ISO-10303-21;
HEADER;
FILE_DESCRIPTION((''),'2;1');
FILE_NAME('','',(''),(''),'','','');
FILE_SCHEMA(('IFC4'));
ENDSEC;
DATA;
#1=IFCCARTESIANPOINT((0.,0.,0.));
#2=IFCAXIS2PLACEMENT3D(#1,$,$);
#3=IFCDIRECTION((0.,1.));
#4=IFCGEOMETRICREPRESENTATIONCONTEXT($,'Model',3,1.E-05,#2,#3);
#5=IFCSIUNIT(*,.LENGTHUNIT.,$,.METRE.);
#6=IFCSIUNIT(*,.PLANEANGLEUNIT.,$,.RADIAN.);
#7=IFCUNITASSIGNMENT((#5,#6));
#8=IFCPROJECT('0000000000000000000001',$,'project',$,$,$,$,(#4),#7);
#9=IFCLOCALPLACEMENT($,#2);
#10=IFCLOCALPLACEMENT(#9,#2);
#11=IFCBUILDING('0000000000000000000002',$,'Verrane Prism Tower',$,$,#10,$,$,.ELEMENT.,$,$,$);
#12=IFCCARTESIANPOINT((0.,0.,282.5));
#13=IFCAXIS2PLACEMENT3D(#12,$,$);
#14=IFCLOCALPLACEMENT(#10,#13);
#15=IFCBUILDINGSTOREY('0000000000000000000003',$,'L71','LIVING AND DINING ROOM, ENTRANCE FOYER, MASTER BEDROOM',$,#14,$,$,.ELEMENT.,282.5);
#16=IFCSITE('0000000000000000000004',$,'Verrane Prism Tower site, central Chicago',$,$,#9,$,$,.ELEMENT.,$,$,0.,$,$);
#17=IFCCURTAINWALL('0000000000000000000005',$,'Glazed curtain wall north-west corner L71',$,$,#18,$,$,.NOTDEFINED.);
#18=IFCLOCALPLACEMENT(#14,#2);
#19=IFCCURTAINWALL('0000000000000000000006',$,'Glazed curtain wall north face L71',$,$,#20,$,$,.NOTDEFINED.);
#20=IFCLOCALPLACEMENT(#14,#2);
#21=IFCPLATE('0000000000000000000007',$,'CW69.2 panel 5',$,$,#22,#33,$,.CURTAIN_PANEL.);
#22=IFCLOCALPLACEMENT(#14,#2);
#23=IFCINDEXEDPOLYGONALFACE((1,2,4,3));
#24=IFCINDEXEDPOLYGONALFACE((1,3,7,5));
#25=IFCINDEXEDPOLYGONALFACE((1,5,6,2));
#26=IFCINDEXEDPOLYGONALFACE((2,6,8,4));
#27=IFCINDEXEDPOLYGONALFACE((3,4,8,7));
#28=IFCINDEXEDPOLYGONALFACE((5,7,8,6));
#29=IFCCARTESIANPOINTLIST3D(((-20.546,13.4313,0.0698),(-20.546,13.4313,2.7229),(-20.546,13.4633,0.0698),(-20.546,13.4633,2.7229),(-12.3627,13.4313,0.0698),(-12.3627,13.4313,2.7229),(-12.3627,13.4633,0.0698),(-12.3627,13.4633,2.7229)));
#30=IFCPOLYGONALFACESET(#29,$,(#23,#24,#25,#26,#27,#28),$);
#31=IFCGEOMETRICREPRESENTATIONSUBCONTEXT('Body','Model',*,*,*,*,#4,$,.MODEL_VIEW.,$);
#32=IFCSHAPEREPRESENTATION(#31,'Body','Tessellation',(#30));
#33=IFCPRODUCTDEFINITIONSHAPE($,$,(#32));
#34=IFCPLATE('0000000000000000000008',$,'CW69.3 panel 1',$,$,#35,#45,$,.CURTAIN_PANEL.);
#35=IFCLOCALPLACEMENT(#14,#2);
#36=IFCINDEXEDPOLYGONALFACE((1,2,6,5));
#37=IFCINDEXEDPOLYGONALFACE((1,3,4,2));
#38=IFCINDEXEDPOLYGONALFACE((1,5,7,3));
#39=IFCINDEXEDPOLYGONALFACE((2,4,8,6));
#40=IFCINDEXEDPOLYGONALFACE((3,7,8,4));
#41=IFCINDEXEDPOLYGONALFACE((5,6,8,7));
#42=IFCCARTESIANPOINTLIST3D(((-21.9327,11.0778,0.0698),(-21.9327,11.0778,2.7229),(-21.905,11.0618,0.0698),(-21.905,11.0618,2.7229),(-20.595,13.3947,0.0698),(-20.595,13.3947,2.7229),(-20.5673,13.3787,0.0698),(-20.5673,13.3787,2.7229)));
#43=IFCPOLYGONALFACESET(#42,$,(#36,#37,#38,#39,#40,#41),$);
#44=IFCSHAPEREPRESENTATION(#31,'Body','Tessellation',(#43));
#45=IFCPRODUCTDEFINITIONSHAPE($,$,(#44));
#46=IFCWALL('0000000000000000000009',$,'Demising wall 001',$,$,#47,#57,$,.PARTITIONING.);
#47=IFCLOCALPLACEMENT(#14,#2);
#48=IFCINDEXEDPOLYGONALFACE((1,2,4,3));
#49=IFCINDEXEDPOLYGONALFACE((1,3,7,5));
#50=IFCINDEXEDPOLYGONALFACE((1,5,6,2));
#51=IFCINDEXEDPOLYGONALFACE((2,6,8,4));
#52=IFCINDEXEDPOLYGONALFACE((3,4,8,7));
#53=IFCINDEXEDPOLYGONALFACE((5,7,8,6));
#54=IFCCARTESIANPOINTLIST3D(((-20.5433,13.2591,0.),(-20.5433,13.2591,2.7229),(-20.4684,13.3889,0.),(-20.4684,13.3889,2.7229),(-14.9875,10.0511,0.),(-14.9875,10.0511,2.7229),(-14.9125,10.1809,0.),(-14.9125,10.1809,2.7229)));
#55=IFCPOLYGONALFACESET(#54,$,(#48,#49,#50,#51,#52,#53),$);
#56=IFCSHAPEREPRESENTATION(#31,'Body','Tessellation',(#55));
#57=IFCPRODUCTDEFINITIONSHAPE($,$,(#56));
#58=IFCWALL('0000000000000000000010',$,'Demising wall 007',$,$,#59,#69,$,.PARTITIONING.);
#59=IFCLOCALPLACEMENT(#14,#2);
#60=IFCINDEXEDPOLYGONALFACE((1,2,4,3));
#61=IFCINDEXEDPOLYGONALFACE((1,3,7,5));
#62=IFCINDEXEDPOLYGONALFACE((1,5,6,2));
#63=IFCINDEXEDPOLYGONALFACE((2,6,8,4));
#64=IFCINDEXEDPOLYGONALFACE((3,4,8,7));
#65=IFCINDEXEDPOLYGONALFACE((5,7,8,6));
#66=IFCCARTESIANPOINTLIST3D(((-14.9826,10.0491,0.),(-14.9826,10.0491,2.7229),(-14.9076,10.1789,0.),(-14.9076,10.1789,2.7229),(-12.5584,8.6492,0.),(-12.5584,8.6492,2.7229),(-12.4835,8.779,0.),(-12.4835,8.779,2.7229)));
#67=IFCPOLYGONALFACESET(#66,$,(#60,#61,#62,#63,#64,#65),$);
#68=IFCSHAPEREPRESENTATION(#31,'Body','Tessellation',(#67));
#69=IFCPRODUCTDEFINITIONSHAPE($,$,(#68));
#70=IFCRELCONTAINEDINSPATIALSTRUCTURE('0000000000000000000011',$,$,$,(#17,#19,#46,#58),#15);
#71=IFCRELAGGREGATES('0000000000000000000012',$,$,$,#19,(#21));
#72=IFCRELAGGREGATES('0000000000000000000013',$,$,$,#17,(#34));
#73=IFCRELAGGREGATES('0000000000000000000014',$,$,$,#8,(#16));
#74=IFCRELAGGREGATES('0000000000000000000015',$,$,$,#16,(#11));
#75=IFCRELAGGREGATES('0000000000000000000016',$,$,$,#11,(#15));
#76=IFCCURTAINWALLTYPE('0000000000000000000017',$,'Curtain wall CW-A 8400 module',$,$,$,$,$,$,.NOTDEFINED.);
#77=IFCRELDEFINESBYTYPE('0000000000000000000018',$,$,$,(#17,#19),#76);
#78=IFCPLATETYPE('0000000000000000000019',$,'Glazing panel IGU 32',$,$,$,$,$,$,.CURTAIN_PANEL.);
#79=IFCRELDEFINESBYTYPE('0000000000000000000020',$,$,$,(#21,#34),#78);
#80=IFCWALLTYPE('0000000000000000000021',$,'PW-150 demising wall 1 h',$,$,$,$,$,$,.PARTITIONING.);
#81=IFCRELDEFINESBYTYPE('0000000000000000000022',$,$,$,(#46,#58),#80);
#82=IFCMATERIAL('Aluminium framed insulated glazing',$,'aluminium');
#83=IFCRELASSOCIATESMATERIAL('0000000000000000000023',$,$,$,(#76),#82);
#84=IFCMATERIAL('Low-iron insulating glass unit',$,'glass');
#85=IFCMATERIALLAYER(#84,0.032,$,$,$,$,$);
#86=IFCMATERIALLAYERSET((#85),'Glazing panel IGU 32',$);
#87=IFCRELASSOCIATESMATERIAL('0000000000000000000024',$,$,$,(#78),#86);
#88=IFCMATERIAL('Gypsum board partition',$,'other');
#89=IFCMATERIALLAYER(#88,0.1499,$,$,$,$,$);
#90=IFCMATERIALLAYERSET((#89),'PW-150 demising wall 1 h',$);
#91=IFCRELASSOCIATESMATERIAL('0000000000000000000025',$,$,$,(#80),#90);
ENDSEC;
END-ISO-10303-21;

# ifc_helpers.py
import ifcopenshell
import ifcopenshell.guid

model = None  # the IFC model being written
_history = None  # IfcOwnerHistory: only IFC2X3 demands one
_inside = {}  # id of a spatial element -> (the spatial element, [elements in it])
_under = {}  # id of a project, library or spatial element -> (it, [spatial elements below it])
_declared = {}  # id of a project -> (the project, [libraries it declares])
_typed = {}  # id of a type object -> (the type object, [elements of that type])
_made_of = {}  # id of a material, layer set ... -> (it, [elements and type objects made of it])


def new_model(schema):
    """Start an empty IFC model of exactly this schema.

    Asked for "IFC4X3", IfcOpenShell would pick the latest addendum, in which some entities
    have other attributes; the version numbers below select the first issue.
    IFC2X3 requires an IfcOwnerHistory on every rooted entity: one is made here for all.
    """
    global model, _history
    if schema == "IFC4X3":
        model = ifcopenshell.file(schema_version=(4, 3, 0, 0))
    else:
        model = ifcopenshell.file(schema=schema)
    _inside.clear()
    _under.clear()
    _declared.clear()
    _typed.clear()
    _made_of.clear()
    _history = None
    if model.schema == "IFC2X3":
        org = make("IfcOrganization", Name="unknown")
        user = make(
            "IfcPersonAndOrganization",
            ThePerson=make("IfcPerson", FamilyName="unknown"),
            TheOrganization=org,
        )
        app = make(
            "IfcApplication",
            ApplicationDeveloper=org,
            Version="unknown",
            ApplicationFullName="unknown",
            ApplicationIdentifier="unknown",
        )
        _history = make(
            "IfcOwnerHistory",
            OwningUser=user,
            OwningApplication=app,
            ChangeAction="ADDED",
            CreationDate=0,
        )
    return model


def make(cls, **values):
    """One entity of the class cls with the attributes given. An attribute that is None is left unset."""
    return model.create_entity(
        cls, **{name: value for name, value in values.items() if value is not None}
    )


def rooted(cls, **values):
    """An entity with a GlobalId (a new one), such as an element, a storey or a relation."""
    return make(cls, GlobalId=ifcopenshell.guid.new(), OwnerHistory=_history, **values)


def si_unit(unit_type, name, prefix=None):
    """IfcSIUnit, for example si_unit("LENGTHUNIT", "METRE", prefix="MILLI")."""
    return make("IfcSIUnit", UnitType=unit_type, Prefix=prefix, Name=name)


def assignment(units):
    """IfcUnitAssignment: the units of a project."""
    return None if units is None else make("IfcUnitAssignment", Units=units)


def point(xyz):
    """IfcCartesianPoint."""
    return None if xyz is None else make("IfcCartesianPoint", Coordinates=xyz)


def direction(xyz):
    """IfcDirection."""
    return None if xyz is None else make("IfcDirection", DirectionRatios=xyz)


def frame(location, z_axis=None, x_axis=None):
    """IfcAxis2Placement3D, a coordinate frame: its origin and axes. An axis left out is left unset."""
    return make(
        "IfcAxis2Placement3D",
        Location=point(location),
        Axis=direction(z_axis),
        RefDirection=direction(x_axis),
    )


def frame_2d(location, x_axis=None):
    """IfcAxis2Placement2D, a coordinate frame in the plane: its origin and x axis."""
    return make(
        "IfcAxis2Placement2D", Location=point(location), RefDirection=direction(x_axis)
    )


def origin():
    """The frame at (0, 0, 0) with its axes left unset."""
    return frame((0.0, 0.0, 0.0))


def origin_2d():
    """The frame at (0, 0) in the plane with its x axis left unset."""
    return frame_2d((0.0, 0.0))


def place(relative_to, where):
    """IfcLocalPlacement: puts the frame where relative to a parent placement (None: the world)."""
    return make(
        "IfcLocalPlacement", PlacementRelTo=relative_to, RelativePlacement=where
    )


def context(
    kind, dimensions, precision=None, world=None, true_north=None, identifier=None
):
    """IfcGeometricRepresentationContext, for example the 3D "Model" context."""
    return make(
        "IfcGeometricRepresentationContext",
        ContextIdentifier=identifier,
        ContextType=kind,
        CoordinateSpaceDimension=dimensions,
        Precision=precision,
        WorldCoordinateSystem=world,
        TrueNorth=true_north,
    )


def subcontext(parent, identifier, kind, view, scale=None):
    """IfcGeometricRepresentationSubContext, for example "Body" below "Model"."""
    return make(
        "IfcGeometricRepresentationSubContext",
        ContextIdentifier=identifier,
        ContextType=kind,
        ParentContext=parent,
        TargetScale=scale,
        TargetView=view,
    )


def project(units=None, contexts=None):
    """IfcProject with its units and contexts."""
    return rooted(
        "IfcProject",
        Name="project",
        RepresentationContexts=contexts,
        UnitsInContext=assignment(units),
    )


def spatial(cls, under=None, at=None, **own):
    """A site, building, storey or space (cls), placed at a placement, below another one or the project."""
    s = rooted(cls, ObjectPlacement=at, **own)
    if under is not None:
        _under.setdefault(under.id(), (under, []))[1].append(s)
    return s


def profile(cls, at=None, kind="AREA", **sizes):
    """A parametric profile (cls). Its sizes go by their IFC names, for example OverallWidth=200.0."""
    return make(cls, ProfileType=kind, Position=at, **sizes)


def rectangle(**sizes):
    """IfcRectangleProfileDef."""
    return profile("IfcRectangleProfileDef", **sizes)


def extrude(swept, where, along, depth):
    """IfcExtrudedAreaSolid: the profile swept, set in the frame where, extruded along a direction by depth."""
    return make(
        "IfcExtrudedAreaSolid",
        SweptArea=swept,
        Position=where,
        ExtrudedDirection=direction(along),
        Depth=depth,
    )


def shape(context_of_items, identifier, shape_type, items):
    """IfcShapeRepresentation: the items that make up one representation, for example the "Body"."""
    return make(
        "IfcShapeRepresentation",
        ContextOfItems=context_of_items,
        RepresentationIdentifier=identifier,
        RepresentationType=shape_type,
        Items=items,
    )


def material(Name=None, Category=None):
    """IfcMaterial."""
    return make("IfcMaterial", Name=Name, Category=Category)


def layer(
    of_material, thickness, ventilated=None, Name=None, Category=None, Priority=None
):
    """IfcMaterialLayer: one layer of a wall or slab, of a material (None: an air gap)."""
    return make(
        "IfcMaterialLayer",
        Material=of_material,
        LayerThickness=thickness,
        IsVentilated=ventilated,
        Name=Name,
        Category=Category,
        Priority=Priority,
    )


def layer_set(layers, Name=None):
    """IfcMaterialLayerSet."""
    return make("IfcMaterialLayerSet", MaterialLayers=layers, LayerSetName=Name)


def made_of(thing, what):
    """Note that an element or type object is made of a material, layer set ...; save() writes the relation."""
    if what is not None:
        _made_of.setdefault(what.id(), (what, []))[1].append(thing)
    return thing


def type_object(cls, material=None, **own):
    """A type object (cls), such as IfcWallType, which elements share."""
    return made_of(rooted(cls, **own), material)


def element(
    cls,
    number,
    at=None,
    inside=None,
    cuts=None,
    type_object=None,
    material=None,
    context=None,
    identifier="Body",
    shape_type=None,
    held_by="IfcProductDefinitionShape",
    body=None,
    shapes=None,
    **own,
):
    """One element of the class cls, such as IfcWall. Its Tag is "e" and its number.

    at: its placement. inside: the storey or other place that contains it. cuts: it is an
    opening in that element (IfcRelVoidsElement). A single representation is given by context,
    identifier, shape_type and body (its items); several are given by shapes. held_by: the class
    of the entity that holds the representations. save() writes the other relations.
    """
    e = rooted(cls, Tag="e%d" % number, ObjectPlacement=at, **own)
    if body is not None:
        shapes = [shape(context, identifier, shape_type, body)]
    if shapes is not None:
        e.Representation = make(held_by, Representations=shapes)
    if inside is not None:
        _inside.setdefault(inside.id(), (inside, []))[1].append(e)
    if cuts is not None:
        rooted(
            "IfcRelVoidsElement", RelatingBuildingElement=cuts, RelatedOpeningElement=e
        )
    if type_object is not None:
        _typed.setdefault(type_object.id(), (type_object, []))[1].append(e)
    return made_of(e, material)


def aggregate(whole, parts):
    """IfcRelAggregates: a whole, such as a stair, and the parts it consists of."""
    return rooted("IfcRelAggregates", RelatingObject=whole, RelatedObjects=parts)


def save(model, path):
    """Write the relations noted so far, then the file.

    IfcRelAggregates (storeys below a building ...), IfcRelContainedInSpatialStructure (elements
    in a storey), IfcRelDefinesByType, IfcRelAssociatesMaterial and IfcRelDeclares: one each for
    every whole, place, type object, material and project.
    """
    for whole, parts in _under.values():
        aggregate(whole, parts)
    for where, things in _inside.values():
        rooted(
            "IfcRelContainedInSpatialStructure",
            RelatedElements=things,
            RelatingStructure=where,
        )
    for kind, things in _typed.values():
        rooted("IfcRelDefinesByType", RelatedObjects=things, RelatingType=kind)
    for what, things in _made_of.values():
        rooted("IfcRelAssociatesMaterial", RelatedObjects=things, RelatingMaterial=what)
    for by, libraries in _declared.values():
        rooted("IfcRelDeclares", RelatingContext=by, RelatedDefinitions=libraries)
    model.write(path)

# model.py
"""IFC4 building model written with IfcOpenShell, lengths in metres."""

from ifc_helpers import new_model, si_unit, direction, frame, frame_2d, origin, origin_2d, place, context, subcontext, project, spatial, rectangle, extrude, material, layer, layer_set, type_object, element, aggregate, save


model = new_model("IFC4")

# Units and contexts
model_context = context("Model", 3, precision=1e-05, world=origin(), true_north=direction((0.0, 1.0)))
body_context = subcontext(model_context, "Body", "Model", "MODEL_VIEW")
ifc_project = project(units=[si_unit("LENGTHUNIT", "METRE"), si_unit("PLANEANGLEUNIT", "RADIAN")], contexts=[model_context])

# Site, building, storey
site_placement = place(None, origin())
site = spatial("IfcSite", under=ifc_project, at=site_placement, Name="Verrane Prism Tower site, central Chicago", CompositionType="ELEMENT", RefElevation=0.0)
building_placement = place(site_placement, origin())
building = spatial("IfcBuilding", under=site, at=building_placement, Name="Verrane Prism Tower", CompositionType="ELEMENT")
storey_placement = place(building_placement, frame((0.0, 0.0, 282.5)))
storey = spatial("IfcBuildingStorey", under=building, at=storey_placement, Name="L71", Description="LIVING AND DINING ROOM, ENTRANCE FOYER, MASTER BEDROOM", CompositionType="ELEMENT", Elevation=282.5)

# Curtain wall
ifc_material_1 = material(Name="Aluminium framed insulated glazing", Category="aluminium")
curtain_wall_type = type_object("IfcCurtainWallType", Name="Curtain wall CW-A 8400 module", PredefinedType="NOTDEFINED", material=ifc_material_1)
curtain_wall_1_placement = place(storey_placement, origin())
curtain_wall_1 = element("IfcCurtainWall", 1, at=curtain_wall_1_placement, inside=storey, type_object=curtain_wall_type, Name="Glazed curtain wall north-west corner L71", PredefinedType="NOTDEFINED")

# Curtain wall
curtain_wall_2_placement = place(storey_placement, origin())
curtain_wall_2 = element("IfcCurtainWall", 2, at=curtain_wall_2_placement, inside=storey, type_object=curtain_wall_type, Name="Glazed curtain wall north face L71", PredefinedType="NOTDEFINED")

# Plates
ifc_material_2 = material(Name="Low-iron insulating glass unit", Category="glass")
ifc_layer_1 = layer(ifc_material_2, 0.032)
ifc_layer_set_1 = layer_set([ifc_layer_1], Name="Glazing panel IGU 32")
plate_type = type_object("IfcPlateType", Name="Glazing panel IGU 32", PredefinedType="CURTAIN_PANEL", material=ifc_layer_set_1)
plate_1_placement = place(storey_placement, frame((-16.4543, 13.4473, 0.0698), z_axis=(0.0, 0.0, 1.0), x_axis=(-1.0, 0.0, 0.0)))
plate_1 = element("IfcPlate", 3, at=plate_1_placement, type_object=plate_type, Name="CW69.2 panel 5", PredefinedType="CURTAIN_PANEL", context=body_context, shape_type="SweptSolid", body=[
    extrude(rectangle(XDim=8.1833, YDim=0.032, at=origin_2d()), origin(), (0.0, 0.0, 1.0), 2.6531),
])
aggregate(curtain_wall_2, [plate_1])
plate_2_placement = place(storey_placement, frame((-21.25, 12.2283, 0.0698), z_axis=(0.0, 0.0, 1.0), x_axis=(-0.500002, -0.866024, 0.0)))
plate_2 = element("IfcPlate", 4, at=plate_2_placement, type_object=plate_type, Name="CW69.3 panel 1", PredefinedType="CURTAIN_PANEL", context=body_context, shape_type="SweptSolid", body=[
    extrude(rectangle(XDim=2.6753, YDim=0.032, at=origin_2d()), origin(), (0.0, 0.0, 1.0), 2.6531),
])
aggregate(curtain_wall_1, [plate_2])

# Walls
ifc_material_3 = material(Name="Gypsum board partition", Category="other")
ifc_layer_2 = layer(ifc_material_3, 0.1499)
ifc_layer_set_2 = layer_set([ifc_layer_2], Name="PW-150 demising wall 1 h")
wall_type = type_object("IfcWallType", Name="PW-150 demising wall 1 h", PredefinedType="PARTITIONING", material=ifc_layer_set_2)
wall_1_placement = place(storey_placement, frame((-20.5059, 13.324, 0.0), z_axis=(0.0, 0.0, 1.0), x_axis=(0.866005, -0.500035, 0.0)))
element("IfcWall", 5, at=wall_1_placement, inside=storey, type_object=wall_type, Name="Demising wall 001", PredefinedType="PARTITIONING", context=body_context, shape_type="SweptSolid", body=[
    extrude(rectangle(XDim=6.4155, YDim=0.1499, at=frame_2d((3.2078, 0.0))), origin(), (0.0, 0.0, 1.0), 2.7229),
])
wall_2_placement = place(storey_placement, frame((-14.9451, 10.114, 0.0), z_axis=(0.0, 0.0, 1.0), x_axis=(0.865969, -0.500097, 0.0)))
element("IfcWall", 6, at=wall_2_placement, inside=storey, type_object=wall_type, Name="Demising wall 007", PredefinedType="PARTITIONING", context=body_context, shape_type="SweptSolid", body=[
    extrude(rectangle(XDim=2.7993, YDim=0.1499, at=frame_2d((1.3997, 0.0))), origin(), (0.0, 0.0, 1.0), 2.7229),
])

save(model, "model.ifc")
